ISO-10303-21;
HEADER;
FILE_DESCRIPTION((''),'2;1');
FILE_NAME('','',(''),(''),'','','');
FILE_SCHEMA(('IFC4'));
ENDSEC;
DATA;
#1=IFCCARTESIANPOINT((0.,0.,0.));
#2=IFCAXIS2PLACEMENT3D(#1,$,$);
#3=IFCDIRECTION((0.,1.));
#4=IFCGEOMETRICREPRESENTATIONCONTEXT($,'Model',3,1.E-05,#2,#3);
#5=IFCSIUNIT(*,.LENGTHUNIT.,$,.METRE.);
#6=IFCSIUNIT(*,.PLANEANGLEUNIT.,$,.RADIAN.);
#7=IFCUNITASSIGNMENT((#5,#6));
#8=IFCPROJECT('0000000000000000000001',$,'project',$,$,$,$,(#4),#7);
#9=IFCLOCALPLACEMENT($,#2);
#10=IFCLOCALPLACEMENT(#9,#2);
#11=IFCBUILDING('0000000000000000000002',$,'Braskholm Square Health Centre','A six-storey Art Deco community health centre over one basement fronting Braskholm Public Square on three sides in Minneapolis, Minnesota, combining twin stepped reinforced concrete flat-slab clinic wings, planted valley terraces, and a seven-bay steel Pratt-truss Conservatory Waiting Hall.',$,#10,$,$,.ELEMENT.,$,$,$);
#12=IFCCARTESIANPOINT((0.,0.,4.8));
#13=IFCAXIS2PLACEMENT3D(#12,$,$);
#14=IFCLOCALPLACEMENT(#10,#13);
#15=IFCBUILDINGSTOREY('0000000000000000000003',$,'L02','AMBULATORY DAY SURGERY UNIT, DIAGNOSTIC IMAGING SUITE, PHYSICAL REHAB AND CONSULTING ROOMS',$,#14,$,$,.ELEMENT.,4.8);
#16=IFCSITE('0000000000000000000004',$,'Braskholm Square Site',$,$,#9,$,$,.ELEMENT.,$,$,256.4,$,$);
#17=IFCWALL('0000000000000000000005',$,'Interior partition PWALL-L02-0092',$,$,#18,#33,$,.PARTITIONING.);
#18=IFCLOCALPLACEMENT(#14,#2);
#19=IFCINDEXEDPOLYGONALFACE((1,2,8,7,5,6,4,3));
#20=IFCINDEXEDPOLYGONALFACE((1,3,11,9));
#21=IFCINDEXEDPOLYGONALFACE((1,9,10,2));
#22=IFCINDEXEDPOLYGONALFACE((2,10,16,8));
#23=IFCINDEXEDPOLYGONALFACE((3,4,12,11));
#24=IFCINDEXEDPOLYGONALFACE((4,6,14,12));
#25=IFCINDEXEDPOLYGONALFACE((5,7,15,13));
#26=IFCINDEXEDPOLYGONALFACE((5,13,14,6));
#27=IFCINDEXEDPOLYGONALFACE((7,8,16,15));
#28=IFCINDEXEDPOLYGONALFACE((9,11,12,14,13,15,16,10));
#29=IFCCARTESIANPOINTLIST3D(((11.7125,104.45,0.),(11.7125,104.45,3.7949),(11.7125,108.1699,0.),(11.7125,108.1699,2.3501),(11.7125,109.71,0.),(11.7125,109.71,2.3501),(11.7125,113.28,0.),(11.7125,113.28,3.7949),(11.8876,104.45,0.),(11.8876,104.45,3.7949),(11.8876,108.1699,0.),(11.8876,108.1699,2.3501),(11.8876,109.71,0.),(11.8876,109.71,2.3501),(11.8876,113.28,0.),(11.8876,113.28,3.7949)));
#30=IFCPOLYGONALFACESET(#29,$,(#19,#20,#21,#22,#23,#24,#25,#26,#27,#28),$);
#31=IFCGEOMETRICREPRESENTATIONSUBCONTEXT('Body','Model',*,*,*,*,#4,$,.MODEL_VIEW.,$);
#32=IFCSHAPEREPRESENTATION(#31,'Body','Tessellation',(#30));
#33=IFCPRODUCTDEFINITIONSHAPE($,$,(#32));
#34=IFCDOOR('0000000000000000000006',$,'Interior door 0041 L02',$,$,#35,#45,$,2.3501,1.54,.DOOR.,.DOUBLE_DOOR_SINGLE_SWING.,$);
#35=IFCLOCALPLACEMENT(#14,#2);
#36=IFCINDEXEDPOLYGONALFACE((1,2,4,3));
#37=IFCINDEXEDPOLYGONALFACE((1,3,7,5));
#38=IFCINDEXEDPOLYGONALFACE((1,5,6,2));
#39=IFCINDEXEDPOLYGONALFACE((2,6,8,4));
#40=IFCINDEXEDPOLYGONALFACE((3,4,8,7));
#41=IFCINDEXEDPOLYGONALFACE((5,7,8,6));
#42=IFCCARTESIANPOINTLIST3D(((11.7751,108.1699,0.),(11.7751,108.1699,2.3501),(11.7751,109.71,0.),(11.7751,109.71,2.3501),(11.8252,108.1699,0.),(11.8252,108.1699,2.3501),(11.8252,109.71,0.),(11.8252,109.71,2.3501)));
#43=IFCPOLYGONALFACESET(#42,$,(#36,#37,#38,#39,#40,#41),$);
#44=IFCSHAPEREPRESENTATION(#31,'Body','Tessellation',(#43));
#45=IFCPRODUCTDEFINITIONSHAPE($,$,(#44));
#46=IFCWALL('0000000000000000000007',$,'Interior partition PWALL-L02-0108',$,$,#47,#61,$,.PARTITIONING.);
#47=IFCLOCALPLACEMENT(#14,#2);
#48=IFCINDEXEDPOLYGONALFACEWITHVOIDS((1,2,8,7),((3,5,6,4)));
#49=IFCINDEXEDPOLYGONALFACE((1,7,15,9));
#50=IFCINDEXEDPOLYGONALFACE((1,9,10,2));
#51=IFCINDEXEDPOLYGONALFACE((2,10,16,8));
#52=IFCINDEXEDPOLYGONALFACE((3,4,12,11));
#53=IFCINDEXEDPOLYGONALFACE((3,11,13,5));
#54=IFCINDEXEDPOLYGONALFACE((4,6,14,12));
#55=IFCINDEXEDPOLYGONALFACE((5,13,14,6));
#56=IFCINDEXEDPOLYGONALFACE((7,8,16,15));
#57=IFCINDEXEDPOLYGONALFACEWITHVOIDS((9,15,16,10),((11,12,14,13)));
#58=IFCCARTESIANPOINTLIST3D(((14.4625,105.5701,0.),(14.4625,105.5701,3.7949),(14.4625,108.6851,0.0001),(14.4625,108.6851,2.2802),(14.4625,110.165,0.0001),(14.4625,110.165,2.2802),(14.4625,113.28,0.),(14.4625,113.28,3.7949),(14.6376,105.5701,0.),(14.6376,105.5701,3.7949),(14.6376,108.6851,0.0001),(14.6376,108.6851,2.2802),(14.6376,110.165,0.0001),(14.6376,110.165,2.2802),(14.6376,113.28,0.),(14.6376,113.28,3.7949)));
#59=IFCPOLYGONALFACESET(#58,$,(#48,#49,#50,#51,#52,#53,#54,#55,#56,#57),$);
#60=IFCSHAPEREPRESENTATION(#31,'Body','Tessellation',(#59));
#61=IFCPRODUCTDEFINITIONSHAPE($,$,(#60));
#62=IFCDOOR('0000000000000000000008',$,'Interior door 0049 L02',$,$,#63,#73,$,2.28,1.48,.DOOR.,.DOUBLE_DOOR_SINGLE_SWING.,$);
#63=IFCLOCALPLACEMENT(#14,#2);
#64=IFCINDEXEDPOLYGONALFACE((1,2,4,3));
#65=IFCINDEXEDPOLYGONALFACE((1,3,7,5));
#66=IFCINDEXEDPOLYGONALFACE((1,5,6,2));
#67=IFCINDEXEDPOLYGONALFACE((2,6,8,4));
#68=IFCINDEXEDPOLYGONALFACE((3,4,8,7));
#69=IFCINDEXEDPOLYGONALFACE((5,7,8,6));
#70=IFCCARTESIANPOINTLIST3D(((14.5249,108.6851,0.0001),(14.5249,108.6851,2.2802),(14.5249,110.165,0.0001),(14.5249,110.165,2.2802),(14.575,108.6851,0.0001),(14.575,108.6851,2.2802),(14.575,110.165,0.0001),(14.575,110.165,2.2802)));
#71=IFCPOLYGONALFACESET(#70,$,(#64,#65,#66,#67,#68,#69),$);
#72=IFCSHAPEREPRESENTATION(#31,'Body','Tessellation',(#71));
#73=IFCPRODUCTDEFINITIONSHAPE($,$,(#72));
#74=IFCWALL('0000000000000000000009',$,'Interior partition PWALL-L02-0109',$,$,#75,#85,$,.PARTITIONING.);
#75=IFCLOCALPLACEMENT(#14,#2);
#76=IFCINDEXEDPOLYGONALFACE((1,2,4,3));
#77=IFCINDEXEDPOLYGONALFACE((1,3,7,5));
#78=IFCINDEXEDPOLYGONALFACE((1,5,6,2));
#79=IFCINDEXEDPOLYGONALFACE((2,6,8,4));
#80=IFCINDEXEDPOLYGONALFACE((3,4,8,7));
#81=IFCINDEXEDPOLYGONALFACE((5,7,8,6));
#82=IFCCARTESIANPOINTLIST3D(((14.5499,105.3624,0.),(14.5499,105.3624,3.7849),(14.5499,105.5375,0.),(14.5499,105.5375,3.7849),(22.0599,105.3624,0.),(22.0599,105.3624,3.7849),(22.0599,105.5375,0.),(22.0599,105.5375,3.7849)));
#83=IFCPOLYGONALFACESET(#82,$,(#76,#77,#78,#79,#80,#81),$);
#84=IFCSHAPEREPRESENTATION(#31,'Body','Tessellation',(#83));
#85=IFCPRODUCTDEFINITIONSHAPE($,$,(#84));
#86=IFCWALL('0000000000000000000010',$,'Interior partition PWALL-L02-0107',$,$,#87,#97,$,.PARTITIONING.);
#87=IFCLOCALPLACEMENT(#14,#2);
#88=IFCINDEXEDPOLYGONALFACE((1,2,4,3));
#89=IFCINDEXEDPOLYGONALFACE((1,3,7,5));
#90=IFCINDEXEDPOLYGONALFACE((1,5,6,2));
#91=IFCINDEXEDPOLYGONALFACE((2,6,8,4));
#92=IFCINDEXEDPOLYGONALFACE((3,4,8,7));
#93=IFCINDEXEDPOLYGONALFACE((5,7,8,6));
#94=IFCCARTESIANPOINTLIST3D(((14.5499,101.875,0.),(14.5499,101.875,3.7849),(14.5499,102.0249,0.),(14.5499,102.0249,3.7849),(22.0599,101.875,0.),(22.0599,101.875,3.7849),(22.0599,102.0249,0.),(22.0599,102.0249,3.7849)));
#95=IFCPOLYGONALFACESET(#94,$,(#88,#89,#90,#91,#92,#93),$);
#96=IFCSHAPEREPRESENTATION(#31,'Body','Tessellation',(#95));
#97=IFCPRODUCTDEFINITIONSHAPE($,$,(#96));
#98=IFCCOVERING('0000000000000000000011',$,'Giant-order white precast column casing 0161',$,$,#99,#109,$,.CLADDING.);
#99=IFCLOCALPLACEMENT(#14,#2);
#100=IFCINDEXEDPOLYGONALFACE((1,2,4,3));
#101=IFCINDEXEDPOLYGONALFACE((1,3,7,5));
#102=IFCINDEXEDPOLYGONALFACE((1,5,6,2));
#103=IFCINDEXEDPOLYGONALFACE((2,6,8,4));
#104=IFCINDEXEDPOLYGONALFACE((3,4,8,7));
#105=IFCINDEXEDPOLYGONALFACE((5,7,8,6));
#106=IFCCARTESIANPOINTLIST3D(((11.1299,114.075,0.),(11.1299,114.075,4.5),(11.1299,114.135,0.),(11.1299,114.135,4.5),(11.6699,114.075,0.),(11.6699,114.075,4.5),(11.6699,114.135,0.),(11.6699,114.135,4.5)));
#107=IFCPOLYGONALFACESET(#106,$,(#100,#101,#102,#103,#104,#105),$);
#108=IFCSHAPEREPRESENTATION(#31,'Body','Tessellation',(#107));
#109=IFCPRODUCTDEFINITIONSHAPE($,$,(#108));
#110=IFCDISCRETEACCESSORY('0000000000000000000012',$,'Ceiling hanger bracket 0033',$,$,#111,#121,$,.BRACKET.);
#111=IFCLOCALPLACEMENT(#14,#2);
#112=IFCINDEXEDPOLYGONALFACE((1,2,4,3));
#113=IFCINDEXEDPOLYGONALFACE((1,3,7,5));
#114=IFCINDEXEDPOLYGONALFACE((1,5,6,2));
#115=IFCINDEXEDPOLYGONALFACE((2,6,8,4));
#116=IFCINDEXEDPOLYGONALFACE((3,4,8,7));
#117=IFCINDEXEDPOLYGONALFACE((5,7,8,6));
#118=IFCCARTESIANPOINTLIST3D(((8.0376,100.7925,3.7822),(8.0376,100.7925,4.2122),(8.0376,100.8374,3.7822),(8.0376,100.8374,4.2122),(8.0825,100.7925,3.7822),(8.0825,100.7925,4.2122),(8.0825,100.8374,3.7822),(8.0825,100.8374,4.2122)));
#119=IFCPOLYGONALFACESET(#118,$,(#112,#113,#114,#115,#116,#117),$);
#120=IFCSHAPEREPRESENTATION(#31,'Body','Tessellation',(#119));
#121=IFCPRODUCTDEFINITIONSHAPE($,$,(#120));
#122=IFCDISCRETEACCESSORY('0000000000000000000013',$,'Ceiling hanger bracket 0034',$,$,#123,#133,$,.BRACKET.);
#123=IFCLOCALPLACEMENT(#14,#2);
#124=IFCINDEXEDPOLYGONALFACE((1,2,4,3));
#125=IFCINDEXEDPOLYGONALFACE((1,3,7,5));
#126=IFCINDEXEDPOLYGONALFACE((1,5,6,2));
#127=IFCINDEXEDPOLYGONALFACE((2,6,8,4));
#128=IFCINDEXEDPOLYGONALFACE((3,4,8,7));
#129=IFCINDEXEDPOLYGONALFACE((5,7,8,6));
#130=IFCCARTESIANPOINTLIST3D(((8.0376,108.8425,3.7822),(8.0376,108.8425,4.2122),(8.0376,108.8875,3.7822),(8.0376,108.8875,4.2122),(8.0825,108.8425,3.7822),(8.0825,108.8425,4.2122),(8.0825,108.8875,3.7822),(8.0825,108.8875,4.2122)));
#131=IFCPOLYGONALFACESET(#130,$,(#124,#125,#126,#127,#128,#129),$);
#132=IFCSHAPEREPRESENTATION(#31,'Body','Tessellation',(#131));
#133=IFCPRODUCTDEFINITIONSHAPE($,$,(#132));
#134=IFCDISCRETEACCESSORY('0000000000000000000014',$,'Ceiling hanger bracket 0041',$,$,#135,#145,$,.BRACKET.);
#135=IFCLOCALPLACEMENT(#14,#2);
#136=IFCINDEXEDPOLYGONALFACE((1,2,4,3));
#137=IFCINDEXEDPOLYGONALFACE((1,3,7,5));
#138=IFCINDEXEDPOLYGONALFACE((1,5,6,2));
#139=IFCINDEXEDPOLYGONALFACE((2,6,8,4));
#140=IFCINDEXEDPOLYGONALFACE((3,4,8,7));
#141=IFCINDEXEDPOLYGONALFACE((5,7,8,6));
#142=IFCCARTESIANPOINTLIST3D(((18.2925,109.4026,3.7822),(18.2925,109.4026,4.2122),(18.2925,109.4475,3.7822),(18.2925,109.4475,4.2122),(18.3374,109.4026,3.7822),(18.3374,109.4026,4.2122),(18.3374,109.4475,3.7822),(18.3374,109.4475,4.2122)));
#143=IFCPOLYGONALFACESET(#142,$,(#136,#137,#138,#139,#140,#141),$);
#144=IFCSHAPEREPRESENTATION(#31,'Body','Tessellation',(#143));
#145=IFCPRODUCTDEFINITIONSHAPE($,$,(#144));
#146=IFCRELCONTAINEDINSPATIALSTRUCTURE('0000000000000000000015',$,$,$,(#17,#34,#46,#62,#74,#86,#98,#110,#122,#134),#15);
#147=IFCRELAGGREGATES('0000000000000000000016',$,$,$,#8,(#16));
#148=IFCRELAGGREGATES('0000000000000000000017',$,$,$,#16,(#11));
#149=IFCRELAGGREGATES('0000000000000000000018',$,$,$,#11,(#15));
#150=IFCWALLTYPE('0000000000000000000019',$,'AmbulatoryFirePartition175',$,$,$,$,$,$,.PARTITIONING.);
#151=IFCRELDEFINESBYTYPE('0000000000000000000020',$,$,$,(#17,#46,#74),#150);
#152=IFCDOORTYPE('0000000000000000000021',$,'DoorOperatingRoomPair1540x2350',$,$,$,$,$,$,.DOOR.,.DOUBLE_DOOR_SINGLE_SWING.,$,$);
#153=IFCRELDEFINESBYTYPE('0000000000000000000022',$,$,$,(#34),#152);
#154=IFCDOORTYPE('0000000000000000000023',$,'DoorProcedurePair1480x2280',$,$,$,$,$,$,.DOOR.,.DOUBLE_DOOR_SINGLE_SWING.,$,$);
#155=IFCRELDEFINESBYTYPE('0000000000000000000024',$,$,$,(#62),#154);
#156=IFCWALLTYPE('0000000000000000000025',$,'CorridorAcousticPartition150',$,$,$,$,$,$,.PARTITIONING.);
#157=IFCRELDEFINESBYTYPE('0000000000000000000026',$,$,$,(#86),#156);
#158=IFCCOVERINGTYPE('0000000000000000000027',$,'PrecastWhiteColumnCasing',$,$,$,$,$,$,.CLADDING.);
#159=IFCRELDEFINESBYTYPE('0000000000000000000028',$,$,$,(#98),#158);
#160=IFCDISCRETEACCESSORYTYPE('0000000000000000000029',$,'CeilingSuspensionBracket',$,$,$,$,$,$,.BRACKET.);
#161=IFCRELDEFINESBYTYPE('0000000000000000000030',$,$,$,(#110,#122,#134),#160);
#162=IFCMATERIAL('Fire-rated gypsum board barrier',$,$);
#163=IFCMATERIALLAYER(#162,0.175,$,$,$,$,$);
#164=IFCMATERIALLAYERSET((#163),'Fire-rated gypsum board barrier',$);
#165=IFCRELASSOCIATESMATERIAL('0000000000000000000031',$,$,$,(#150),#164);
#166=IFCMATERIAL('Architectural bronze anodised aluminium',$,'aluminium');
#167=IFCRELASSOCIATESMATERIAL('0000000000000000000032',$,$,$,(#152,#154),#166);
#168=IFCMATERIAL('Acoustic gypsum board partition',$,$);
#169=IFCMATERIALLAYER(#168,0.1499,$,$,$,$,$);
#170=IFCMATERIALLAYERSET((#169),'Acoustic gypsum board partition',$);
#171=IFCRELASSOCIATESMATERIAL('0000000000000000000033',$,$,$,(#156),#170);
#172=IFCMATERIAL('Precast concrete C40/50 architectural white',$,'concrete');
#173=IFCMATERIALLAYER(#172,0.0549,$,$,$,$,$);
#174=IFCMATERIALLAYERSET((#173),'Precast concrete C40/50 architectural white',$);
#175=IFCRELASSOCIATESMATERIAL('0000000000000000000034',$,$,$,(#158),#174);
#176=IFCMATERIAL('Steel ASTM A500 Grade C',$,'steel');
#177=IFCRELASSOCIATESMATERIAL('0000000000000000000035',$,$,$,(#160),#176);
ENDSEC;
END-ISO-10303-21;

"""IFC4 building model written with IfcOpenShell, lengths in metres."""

from ifc_helpers import new_model, si_unit, direction, frame, frame_2d, origin, origin_with_axes, origin_2d, place, context, subcontext, project, spatial, rectangle, extrude, material, layer, layer_set, type_object, element, fill, save


model = new_model("IFC4")

# Units and contexts
model_context = context("Model", 3, precision=1e-05, world=origin(), true_north=direction((0.0, 1.0)))
body_context = subcontext(model_context, "Body", "Model", "MODEL_VIEW")
ifc_project = project(units=[si_unit("LENGTHUNIT", "METRE"), si_unit("PLANEANGLEUNIT", "RADIAN")], contexts=[model_context])

# Site, building, storey
site_placement = place(None, origin())
site = spatial("IfcSite", under=ifc_project, at=site_placement, Name="Braskholm Square Site", CompositionType="ELEMENT", RefElevation=256.4)
building_placement = place(site_placement, origin())
building = spatial("IfcBuilding", under=site, at=building_placement, Name="Braskholm Square Health Centre", Description="A six-storey Art Deco community health centre over one basement fronting Braskholm Public Square on three sides in Minneapolis, Minnesota, combining twin stepped reinforced concrete flat-slab clinic wings, planted valley terraces, and a seven-bay steel Pratt-truss Conservatory Waiting Hall.", CompositionType="ELEMENT")
storey_placement = place(building_placement, frame((0.0, 0.0, 4.8)))
storey = spatial("IfcBuildingStorey", under=building, at=storey_placement, Name="L02", Description="AMBULATORY DAY SURGERY UNIT, DIAGNOSTIC IMAGING SUITE, PHYSICAL REHAB AND CONSULTING ROOMS", CompositionType="ELEMENT", Elevation=4.8)

# Shared definitions
ifc_material_1 = material(Name="Precast concrete C40/50 architectural white", Category="concrete")

# Shared definitions
ifc_material_2 = material(Name="Architectural bronze anodised aluminium", Category="aluminium")

# Walls, openings, doors
ifc_material_3 = material(Name="Fire-rated gypsum board barrier")
ifc_layer_1 = layer(ifc_material_3, 0.175)
ifc_layer_set_1 = layer_set([ifc_layer_1], Name="Fire-rated gypsum board barrier")
wall_type_1 = type_object("IfcWallType", Name="AmbulatoryFirePartition175", PredefinedType="PARTITIONING", material=ifc_layer_set_1)
wall_1_placement = place(storey_placement, frame((11.8, 104.45, 0.0), z_axis=(0.0, 0.0, 1.0), x_axis=(0.0, 1.0, 0.0)))
wall_1 = element("IfcWall", 1, at=wall_1_placement, inside=storey, type_object=wall_type_1, Name="Interior partition PWALL-L02-0092", PredefinedType="PARTITIONING", context=body_context, shape_type="SweptSolid", body=[
    extrude(rectangle(XDim=8.8301, YDim=0.175, at=frame_2d((4.415, 0.0))), origin(), (0.0, 0.0, 1.0), 3.7949),
])
opening_1_placement = place(wall_1_placement, frame((3.72, 0.0, 0.0)))
opening_1 = element("IfcOpeningElement", 2, at=opening_1_placement, cuts=wall_1, PredefinedType="OPENING", context=body_context, shape_type="SweptSolid", body=[
    extrude(rectangle(XDim=1.54, YDim=2.3501, at=frame_2d((0.77, 1.175))), frame((0.0, 0.0977, 0.0), z_axis=(0.0, -1.0, 0.0), x_axis=(1.0, 0.0, 0.0)), (0.0, 0.0, 1.0), 0.1951),
])
door_type_1 = type_object("IfcDoorType", Name="DoorOperatingRoomPair1540x2350", OperationType="DOUBLE_DOOR_SINGLE_SWING", PredefinedType="DOOR", material=ifc_material_2)
door_1_placement = place(opening_1_placement, origin_with_axes())
door_1 = element("IfcDoor", 3, at=door_1_placement, inside=storey, type_object=door_type_1, Name="Interior door 0041 L02", OperationType="DOUBLE_DOOR_SINGLE_SWING", OverallHeight=2.3501, OverallWidth=1.54, PredefinedType="DOOR", context=body_context, shape_type="SweptSolid", body=[
    extrude(rectangle(XDim=1.54, YDim=2.3501, at=frame_2d((0.77, 1.175))), frame((0.0, 0.0249, 0.0), z_axis=(0.0, -1.0, 0.0), x_axis=(1.0, 0.0, 0.0)), (0.0, 0.0, 1.0), 0.05),
])
fill(opening_1, door_1)
wall_2_placement = place(storey_placement, frame((14.55, 105.5701, 0.0), z_axis=(0.0, 0.0, 1.0), x_axis=(0.0, 1.0, 0.0)))
wall_2 = element("IfcWall", 4, at=wall_2_placement, inside=storey, type_object=wall_type_1, Name="Interior partition PWALL-L02-0108", PredefinedType="PARTITIONING", context=body_context, shape_type="SweptSolid", body=[
    extrude(rectangle(XDim=7.71, YDim=0.175, at=frame_2d((3.855, 0.0))), origin(), (0.0, 0.0, 1.0), 3.7949),
])
opening_2_placement = place(wall_2_placement, frame((3.115, 0.0, 0.0)))
opening_2 = element("IfcOpeningElement", 5, at=opening_2_placement, cuts=wall_2, PredefinedType="OPENING", context=body_context, shape_type="SweptSolid", body=[
    extrude(rectangle(XDim=1.48, YDim=2.28, at=frame_2d((0.74, 1.1401))), frame((0.0, 0.0977, 0.0), z_axis=(0.0, -1.0, 0.0), x_axis=(1.0, 0.0, 0.0)), (0.0, 0.0, 1.0), 0.1951),
])
door_type_2 = type_object("IfcDoorType", Name="DoorProcedurePair1480x2280", OperationType="DOUBLE_DOOR_SINGLE_SWING", PredefinedType="DOOR", material=ifc_material_2)
door_2_placement = place(opening_2_placement, frame((1.48, 0.0, 0.0), z_axis=(0.0, 0.0, 1.0), x_axis=(-1.0, 0.0, 0.0)))
door_2 = element("IfcDoor", 6, at=door_2_placement, inside=storey, type_object=door_type_2, Name="Interior door 0049 L02", OperationType="DOUBLE_DOOR_SINGLE_SWING", OverallHeight=2.28, OverallWidth=1.48, PredefinedType="DOOR", context=body_context, shape_type="SweptSolid", body=[
    extrude(rectangle(XDim=1.48, YDim=2.28, at=frame_2d((0.74, 1.1401))), frame((0.0, 0.0249, 0.0), z_axis=(0.0, -1.0, 0.0), x_axis=(1.0, 0.0, 0.0)), (0.0, 0.0, 1.0), 0.05),
])
fill(opening_2, door_2)

# Walls
wall_3_placement = place(storey_placement, frame((14.55, 105.45, 0.0), z_axis=(0.0, 0.0, 1.0), x_axis=(1.0, 0.0, 0.0)))
element("IfcWall", 7, at=wall_3_placement, inside=storey, type_object=wall_type_1, Name="Interior partition PWALL-L02-0109", PredefinedType="PARTITIONING", context=body_context, shape_type="SweptSolid", body=[
    extrude(rectangle(XDim=7.51, YDim=0.175, at=frame_2d((3.7549, 0.0))), origin(), (0.0, 0.0, 1.0), 3.7849),
])
ifc_material_4 = material(Name="Acoustic gypsum board partition")
ifc_layer_2 = layer(ifc_material_4, 0.1499)
ifc_layer_set_2 = layer_set([ifc_layer_2], Name="Acoustic gypsum board partition")
wall_type_2 = type_object("IfcWallType", Name="CorridorAcousticPartition150", PredefinedType="PARTITIONING", material=ifc_layer_set_2)
wall_4_placement = place(storey_placement, frame((14.55, 101.95, 0.0), z_axis=(0.0, 0.0, 1.0), x_axis=(1.0, 0.0, 0.0)))
element("IfcWall", 8, at=wall_4_placement, inside=storey, type_object=wall_type_2, Name="Interior partition PWALL-L02-0107", PredefinedType="PARTITIONING", context=body_context, shape_type="SweptSolid", body=[
    extrude(rectangle(XDim=7.51, YDim=0.1499, at=frame_2d((3.7549, 0.0))), origin(), (0.0, 0.0, 1.0), 3.7849),
])

# Covering
ifc_layer_3 = layer(ifc_material_1, 0.0549)
ifc_layer_set_3 = layer_set([ifc_layer_3], Name="Precast concrete C40/50 architectural white")
covering_type = type_object("IfcCoveringType", Name="PrecastWhiteColumnCasing", PredefinedType="CLADDING", material=ifc_layer_set_3)
covering_placement = place(storey_placement, frame((11.3999, 114.105, 0.0), z_axis=(0.0, 0.0, 1.0), x_axis=(1.0, 0.0, 0.0)))
element("IfcCovering", 9, at=covering_placement, inside=storey, type_object=covering_type, Name="Giant-order white precast column casing 0161", PredefinedType="CLADDING", context=body_context, shape_type="SweptSolid", body=[
    extrude(rectangle(XDim=0.54, YDim=0.0601, at=origin_2d()), origin(), (0.0, 0.0, 1.0), 4.5),
])

# Discrete accessories
ifc_material_5 = material(Name="Steel ASTM A500 Grade C", Category="steel")
discrete_accessory_type = type_object("IfcDiscreteAccessoryType", Name="CeilingSuspensionBracket", PredefinedType="BRACKET", material=ifc_material_5)
for number, where, z_axis, x_axis, name in (
    (10, (8.0601, 100.8149, 3.7822), (0.0, 0.0, 1.0), (1.0, 0.0, 0.0), "Ceiling hanger bracket 0033"),
    (11, (8.0601, 108.865, 3.7822), (0.0, 0.0, 1.0), (1.0, 0.0, 0.0), "Ceiling hanger bracket 0034"),
    (12, (18.3149, 109.425, 3.7822), (0.0, 0.0, 1.0), (1.0, 0.0, 0.0), "Ceiling hanger bracket 0041"),
):
    element("IfcDiscreteAccessory", number, at=place(storey_placement, frame(where, z_axis=z_axis, x_axis=x_axis)), inside=storey, type_object=discrete_accessory_type, Name=name, PredefinedType="BRACKET", context=body_context, shape_type="SweptSolid", body=[
        extrude(rectangle(XDim=0.0449, YDim=0.0449, at=origin_2d()), origin(), (0.0, 0.0, 1.0), 0.4299),
    ])

save(model, "model.ifc")
